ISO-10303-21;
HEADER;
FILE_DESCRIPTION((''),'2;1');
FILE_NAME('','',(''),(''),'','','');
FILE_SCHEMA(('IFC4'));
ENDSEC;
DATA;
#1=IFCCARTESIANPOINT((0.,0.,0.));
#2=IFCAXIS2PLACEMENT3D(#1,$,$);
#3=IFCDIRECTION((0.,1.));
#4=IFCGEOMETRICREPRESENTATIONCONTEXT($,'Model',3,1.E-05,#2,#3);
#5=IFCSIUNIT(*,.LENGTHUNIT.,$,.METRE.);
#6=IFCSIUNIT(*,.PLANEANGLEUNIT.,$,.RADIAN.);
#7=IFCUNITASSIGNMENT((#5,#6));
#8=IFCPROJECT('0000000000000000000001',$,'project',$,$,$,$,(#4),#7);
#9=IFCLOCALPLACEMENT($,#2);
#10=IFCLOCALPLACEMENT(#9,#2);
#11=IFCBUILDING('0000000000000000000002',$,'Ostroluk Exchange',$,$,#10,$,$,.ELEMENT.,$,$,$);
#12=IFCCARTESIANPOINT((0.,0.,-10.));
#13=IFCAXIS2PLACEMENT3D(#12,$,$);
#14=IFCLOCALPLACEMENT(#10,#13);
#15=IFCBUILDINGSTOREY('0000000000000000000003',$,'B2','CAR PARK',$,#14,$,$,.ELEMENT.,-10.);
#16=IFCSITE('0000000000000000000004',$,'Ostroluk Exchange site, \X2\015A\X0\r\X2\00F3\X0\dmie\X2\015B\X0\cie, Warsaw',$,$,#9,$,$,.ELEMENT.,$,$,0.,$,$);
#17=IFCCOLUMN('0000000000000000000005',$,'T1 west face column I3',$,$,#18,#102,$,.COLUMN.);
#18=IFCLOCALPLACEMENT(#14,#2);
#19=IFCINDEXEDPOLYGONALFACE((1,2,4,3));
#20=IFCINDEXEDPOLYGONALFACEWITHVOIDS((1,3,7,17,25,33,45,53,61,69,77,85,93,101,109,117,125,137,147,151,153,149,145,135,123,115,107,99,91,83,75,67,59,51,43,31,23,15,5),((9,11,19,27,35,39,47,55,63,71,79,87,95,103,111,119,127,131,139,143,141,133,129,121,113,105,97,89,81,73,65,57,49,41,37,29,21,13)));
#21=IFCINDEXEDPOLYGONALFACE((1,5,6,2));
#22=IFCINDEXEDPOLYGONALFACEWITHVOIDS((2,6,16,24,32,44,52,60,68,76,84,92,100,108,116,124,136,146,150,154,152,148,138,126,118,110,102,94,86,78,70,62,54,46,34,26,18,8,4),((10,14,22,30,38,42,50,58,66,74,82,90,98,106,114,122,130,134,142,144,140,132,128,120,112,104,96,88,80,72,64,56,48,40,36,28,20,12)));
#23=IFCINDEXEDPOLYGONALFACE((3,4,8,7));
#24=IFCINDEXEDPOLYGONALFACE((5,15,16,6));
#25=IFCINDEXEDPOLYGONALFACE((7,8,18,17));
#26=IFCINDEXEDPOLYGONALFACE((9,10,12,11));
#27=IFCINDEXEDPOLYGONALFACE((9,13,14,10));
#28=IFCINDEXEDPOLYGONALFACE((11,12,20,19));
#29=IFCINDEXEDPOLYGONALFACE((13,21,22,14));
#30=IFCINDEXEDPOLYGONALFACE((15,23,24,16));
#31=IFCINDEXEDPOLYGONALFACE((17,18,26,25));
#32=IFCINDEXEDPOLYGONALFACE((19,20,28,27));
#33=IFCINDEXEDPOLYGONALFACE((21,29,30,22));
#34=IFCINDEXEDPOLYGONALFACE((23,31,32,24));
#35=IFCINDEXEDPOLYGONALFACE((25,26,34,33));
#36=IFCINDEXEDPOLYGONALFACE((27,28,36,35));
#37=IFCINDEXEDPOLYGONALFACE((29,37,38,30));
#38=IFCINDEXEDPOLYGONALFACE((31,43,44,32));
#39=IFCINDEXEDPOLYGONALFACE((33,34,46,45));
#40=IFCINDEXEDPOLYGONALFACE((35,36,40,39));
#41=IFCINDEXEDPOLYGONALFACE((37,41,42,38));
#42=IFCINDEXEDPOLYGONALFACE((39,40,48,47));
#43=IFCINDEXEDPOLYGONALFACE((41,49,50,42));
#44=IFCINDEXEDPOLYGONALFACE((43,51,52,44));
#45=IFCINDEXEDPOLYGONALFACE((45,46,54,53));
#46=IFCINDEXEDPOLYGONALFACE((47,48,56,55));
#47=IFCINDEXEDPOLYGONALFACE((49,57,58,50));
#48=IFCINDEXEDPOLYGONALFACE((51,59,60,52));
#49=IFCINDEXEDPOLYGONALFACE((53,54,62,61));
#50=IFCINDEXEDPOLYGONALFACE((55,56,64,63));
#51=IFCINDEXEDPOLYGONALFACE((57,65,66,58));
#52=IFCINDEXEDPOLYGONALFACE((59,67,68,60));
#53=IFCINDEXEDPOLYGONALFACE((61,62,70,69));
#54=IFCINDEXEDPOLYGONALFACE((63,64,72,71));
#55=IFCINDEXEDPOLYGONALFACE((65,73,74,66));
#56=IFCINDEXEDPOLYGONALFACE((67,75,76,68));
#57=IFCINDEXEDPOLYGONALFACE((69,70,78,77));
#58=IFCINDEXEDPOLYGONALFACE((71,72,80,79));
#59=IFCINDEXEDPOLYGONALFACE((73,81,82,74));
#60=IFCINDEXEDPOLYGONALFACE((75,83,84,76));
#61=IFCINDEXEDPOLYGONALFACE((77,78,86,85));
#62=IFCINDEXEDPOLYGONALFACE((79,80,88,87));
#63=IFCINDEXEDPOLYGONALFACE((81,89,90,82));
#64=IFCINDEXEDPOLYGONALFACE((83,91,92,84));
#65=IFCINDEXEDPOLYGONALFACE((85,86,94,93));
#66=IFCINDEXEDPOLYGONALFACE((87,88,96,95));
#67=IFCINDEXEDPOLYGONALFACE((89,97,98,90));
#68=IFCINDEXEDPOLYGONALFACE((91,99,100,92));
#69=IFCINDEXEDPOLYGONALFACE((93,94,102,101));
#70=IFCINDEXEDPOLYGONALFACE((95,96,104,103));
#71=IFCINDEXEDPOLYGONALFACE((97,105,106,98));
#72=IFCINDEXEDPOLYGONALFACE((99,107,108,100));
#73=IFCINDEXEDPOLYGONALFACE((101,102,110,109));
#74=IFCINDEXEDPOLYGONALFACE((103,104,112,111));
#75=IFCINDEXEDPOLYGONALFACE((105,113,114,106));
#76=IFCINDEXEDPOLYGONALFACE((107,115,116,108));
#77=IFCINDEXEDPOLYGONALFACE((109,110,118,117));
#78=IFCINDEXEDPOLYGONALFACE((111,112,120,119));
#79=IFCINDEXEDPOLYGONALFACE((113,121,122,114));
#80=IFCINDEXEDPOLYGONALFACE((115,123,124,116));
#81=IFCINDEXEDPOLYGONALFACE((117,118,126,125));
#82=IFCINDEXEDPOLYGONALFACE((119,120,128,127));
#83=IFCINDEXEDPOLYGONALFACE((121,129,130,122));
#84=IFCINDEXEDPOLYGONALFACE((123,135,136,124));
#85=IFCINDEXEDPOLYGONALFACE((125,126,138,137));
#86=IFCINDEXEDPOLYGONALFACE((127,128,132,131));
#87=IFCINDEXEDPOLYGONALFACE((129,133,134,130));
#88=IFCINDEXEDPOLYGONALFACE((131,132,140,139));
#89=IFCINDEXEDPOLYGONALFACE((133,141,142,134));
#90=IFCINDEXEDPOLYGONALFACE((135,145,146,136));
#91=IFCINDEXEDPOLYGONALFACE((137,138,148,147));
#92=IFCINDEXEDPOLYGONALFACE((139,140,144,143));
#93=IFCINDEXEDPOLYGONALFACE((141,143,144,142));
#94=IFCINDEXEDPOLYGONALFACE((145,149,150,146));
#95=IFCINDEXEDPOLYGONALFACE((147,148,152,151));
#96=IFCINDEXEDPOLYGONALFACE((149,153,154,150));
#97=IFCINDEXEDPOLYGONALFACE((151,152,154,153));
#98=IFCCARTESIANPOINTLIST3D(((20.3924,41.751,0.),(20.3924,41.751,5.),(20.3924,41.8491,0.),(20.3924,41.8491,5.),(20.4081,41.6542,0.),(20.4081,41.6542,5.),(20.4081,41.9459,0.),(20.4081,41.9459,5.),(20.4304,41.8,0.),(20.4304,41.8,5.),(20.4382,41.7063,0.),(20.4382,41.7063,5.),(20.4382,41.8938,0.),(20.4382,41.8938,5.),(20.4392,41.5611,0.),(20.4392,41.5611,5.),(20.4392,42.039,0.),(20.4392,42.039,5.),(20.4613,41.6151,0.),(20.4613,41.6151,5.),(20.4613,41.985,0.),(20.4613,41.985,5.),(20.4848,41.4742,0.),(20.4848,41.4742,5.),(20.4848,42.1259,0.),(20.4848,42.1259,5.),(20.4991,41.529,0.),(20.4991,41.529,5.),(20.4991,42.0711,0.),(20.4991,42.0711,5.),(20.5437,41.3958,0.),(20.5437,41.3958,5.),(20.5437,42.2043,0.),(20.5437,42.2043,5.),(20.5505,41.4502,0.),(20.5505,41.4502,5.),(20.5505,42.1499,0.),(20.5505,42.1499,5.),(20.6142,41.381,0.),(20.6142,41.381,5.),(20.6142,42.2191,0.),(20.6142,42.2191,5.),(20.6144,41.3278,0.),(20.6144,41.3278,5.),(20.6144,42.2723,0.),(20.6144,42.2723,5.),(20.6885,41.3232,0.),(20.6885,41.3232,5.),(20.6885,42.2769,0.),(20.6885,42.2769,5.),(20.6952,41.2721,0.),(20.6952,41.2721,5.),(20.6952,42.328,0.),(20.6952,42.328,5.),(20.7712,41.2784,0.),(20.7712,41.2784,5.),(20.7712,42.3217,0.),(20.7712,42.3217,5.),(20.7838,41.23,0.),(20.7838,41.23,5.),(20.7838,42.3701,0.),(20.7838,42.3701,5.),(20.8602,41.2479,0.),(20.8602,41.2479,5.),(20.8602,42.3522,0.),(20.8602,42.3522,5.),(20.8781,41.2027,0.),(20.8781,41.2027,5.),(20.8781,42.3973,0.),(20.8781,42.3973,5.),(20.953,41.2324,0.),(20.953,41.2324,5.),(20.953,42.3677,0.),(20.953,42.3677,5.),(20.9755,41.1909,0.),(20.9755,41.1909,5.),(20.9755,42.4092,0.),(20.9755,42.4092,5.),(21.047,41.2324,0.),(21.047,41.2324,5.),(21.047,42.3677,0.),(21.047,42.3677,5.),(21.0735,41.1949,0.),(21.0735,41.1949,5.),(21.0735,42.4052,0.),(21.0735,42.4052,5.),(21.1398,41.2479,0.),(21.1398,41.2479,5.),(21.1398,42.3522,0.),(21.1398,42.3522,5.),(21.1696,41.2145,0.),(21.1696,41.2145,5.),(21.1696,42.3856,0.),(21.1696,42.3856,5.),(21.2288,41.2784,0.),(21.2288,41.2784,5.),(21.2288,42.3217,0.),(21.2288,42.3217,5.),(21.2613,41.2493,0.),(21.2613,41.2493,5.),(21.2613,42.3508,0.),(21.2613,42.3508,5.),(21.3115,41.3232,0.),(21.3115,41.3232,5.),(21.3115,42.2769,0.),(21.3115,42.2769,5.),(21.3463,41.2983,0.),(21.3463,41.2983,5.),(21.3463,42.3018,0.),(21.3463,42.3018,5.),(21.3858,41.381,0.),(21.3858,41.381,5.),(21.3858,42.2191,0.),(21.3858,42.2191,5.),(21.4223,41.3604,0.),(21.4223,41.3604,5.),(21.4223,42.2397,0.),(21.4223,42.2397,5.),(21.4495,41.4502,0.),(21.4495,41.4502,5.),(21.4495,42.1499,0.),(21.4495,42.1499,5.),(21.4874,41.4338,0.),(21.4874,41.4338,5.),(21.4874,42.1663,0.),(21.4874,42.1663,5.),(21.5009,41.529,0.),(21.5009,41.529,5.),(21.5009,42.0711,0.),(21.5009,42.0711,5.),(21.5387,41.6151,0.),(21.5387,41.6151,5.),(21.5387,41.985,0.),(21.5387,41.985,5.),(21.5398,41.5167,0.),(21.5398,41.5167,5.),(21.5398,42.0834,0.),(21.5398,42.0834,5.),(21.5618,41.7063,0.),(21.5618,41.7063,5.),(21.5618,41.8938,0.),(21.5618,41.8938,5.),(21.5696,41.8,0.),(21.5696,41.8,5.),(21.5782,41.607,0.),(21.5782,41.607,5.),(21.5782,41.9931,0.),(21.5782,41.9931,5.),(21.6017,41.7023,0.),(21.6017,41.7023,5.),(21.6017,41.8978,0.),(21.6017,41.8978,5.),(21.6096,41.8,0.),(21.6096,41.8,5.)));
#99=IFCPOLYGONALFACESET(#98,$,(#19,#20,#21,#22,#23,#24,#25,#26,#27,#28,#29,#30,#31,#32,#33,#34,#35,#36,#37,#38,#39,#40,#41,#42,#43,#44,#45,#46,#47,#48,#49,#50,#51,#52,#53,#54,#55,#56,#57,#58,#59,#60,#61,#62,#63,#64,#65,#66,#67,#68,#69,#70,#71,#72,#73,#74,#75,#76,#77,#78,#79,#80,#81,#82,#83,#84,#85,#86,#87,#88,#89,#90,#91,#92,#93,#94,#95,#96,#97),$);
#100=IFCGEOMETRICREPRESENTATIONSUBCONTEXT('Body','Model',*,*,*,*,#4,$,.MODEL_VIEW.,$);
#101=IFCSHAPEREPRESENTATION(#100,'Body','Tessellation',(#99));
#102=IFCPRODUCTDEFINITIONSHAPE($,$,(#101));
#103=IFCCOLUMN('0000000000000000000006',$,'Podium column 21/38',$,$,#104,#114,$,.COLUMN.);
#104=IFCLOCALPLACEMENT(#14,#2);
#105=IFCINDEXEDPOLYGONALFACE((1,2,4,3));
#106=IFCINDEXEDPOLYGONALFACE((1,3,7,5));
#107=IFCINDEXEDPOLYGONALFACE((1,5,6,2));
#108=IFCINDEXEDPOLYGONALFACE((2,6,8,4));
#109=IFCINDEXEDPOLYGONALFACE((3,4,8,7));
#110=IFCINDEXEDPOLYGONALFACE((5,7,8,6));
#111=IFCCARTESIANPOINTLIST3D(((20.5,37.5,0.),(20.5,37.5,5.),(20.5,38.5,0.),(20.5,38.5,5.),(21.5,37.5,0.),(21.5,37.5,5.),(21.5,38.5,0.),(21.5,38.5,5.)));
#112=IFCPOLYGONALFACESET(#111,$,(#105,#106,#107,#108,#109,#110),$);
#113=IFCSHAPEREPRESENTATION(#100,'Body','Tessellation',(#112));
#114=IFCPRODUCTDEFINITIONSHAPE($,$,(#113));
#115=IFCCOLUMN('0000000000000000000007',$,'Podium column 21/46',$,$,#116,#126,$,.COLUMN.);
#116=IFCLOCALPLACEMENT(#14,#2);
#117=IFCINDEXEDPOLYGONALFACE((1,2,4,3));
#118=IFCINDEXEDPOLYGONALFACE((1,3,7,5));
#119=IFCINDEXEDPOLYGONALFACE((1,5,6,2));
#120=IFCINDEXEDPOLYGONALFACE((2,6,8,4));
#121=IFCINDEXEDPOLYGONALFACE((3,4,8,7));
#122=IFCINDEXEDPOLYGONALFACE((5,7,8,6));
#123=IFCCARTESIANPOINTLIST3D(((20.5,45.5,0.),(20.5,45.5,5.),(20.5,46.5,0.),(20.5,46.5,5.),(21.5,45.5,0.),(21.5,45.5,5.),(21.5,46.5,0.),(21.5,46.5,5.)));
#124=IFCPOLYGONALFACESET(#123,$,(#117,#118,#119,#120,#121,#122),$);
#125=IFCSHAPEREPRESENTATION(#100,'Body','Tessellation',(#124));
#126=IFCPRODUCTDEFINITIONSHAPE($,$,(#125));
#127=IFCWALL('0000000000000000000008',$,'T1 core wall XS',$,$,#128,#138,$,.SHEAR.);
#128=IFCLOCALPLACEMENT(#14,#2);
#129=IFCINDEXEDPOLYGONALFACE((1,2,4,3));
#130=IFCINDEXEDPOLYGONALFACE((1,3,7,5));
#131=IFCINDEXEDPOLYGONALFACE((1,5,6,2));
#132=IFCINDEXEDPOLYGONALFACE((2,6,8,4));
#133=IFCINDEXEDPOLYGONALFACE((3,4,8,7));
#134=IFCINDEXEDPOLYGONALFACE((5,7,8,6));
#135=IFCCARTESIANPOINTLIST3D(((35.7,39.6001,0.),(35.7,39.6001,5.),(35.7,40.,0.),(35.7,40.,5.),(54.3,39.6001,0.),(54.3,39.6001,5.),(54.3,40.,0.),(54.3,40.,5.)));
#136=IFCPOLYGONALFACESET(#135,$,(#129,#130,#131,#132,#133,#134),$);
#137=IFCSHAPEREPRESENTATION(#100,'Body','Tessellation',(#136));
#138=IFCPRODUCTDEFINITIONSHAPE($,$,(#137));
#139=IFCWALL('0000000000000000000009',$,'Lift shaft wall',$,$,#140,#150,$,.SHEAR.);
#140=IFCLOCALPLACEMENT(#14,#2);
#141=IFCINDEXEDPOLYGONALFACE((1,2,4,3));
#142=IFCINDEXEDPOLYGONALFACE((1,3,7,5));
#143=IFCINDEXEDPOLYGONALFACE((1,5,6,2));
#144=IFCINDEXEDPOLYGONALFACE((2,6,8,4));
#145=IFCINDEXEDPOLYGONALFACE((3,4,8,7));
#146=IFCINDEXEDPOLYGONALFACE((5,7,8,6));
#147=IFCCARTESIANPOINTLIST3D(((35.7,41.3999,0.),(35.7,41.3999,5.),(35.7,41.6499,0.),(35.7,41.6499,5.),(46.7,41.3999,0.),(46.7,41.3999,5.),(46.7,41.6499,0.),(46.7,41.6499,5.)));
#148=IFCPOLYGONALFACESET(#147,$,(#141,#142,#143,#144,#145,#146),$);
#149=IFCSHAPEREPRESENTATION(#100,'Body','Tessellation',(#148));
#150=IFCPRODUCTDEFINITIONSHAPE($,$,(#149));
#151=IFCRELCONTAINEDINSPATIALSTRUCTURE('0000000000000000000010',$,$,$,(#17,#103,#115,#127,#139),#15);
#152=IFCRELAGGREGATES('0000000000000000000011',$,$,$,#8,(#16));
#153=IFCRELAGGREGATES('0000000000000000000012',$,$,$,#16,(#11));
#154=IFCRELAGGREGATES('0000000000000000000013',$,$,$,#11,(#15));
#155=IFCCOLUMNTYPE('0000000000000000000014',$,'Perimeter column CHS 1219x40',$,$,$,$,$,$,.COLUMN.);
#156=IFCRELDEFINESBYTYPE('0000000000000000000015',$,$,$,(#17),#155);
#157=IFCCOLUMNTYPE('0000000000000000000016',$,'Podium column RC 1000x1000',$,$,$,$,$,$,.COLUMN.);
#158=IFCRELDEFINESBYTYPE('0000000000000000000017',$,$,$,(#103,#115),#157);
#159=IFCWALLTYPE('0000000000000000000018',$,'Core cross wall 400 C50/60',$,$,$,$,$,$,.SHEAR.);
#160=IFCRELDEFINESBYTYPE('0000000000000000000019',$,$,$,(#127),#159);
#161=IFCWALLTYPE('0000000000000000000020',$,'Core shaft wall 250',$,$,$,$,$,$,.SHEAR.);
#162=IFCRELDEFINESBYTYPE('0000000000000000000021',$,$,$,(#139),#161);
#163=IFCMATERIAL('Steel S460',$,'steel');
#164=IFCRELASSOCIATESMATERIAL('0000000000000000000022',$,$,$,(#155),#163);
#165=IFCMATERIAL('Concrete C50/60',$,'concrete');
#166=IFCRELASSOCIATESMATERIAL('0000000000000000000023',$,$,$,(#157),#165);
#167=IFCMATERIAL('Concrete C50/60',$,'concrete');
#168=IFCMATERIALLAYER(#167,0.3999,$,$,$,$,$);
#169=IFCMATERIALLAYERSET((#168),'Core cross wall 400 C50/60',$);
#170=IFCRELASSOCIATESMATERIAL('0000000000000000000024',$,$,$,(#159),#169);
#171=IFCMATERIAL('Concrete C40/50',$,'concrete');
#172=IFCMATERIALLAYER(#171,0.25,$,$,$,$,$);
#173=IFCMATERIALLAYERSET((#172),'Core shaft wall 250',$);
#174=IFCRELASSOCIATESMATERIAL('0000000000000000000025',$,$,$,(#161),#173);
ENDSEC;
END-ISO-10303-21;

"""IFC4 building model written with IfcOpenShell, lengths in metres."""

from ifc_helpers import new_model, si_unit, direction, frame, frame_2d, origin, origin_2d, place, context, subcontext, project, spatial, rectangle, hollow_circle, extrude, material, layer, layer_set, material_profile, profile_set, type_object, element, save


model = new_model("IFC4")

# Units and contexts
model_context = context("Model", 3, precision=1e-05, world=origin(), true_north=direction((0.0, 1.0)))
body_context = subcontext(model_context, "Body", "Model", "MODEL_VIEW")
ifc_project = project(units=[si_unit("LENGTHUNIT", "METRE"), si_unit("PLANEANGLEUNIT", "RADIAN")], contexts=[model_context])

# Site, building, storey
site_placement = place(None, origin())
site = spatial("IfcSite", under=ifc_project, at=site_placement, Name="Ostroluk Exchange site, Śródmieście, Warsaw", CompositionType="ELEMENT", RefElevation=0.0)
building_placement = place(site_placement, origin())
building = spatial("IfcBuilding", under=site, at=building_placement, Name="Ostroluk Exchange", CompositionType="ELEMENT")
storey_placement = place(building_placement, frame((0.0, 0.0, -10.0)))
storey = spatial("IfcBuildingStorey", under=building, at=storey_placement, Name="B2", Description="CAR PARK", CompositionType="ELEMENT", Elevation=-10.0)

# Columns
ifc_material_1 = material(Name="Steel S460", Category="steel")
ifc_material_profile_1 = material_profile(ifc_material_1, hollow_circle(Radius=0.6096, WallThickness=0.04, at=origin_2d()), Name="CHS 1219x40")
ifc_profile_set_1 = profile_set([ifc_material_profile_1], Name="Steel S460")
column_type_1 = type_object("IfcColumnType", Name="Perimeter column CHS 1219x40", PredefinedType="COLUMN", material=ifc_profile_set_1)
column_placement = place(storey_placement, frame((21.0, 41.8, 0.0), z_axis=(0.0, 0.0, 1.0), x_axis=(1.0, 0.0, 0.0)))
element("IfcColumn", 1, at=column_placement, inside=storey, type_object=column_type_1, Name="T1 west face column I3", PredefinedType="COLUMN", context=body_context, shape_type="SweptSolid", body=[
    extrude(hollow_circle(Radius=0.6096, WallThickness=0.04, at=origin_2d()), origin(), (0.0, 0.0, 1.0), 5.0),
])
ifc_material_2 = material(Name="Concrete C50/60", Category="concrete")
ifc_material_profile_2 = material_profile(ifc_material_2, rectangle(XDim=1.0, YDim=1.0, at=origin_2d()), Name="RC 1000x1000")
ifc_profile_set_2 = profile_set([ifc_material_profile_2], Name="Concrete C50/60")
column_type_2 = type_object("IfcColumnType", Name="Podium column RC 1000x1000", PredefinedType="COLUMN", material=ifc_profile_set_2)
for number, where, z_axis, x_axis, name in (
    (2, (21.0, 38.0, 0.0), (0.0, 0.0, 1.0), (1.0, 0.0, 0.0), "Podium column 21/38"),
    (3, (21.0, 46.0, 0.0), (0.0, 0.0, 1.0), (1.0, 0.0, 0.0), "Podium column 21/46"),
):
    element("IfcColumn", number, at=place(storey_placement, frame(where, z_axis=z_axis, x_axis=x_axis)), inside=storey, type_object=column_type_2, Name=name, PredefinedType="COLUMN", context=body_context, shape_type="SweptSolid", body=[
        extrude(rectangle(XDim=1.0, YDim=1.0, at=origin_2d()), origin(), (0.0, 0.0, 1.0), 5.0),
    ])

# Walls
ifc_material_3 = material(Name="Concrete C50/60", Category="concrete")
ifc_layer_1 = layer(ifc_material_3, 0.3999)
ifc_layer_set_1 = layer_set([ifc_layer_1], Name="Core cross wall 400 C50/60")
wall_type_1 = type_object("IfcWallType", Name="Core cross wall 400 C50/60", PredefinedType="SHEAR", material=ifc_layer_set_1)
wall_1_placement = place(storey_placement, frame((35.7, 39.8, 0.0), z_axis=(0.0, 0.0, 1.0), x_axis=(1.0, 0.0, 0.0)))
element("IfcWall", 4, at=wall_1_placement, inside=storey, type_object=wall_type_1, Name="T1 core wall XS", PredefinedType="SHEAR", context=body_context, shape_type="SweptSolid", body=[
    extrude(rectangle(XDim=18.6001, YDim=0.3999, at=frame_2d((9.3, 0.0))), origin(), (0.0, 0.0, 1.0), 5.0),
])
ifc_material_4 = material(Name="Concrete C40/50", Category="concrete")
ifc_layer_2 = layer(ifc_material_4, 0.25)
ifc_layer_set_2 = layer_set([ifc_layer_2], Name="Core shaft wall 250")
wall_type_2 = type_object("IfcWallType", Name="Core shaft wall 250", PredefinedType="SHEAR", material=ifc_layer_set_2)
wall_2_placement = place(storey_placement, frame((35.7, 41.5249, 0.0), z_axis=(0.0, 0.0, 1.0), x_axis=(1.0, 0.0, 0.0)))
element("IfcWall", 5, at=wall_2_placement, inside=storey, type_object=wall_type_2, Name="Lift shaft wall", PredefinedType="SHEAR", context=body_context, shape_type="SweptSolid", body=[
    extrude(rectangle(XDim=11.0, YDim=0.25, at=frame_2d((5.5, 0.0))), origin(), (0.0, 0.0, 1.0), 5.0),
])

save(model, "model.ifc")
